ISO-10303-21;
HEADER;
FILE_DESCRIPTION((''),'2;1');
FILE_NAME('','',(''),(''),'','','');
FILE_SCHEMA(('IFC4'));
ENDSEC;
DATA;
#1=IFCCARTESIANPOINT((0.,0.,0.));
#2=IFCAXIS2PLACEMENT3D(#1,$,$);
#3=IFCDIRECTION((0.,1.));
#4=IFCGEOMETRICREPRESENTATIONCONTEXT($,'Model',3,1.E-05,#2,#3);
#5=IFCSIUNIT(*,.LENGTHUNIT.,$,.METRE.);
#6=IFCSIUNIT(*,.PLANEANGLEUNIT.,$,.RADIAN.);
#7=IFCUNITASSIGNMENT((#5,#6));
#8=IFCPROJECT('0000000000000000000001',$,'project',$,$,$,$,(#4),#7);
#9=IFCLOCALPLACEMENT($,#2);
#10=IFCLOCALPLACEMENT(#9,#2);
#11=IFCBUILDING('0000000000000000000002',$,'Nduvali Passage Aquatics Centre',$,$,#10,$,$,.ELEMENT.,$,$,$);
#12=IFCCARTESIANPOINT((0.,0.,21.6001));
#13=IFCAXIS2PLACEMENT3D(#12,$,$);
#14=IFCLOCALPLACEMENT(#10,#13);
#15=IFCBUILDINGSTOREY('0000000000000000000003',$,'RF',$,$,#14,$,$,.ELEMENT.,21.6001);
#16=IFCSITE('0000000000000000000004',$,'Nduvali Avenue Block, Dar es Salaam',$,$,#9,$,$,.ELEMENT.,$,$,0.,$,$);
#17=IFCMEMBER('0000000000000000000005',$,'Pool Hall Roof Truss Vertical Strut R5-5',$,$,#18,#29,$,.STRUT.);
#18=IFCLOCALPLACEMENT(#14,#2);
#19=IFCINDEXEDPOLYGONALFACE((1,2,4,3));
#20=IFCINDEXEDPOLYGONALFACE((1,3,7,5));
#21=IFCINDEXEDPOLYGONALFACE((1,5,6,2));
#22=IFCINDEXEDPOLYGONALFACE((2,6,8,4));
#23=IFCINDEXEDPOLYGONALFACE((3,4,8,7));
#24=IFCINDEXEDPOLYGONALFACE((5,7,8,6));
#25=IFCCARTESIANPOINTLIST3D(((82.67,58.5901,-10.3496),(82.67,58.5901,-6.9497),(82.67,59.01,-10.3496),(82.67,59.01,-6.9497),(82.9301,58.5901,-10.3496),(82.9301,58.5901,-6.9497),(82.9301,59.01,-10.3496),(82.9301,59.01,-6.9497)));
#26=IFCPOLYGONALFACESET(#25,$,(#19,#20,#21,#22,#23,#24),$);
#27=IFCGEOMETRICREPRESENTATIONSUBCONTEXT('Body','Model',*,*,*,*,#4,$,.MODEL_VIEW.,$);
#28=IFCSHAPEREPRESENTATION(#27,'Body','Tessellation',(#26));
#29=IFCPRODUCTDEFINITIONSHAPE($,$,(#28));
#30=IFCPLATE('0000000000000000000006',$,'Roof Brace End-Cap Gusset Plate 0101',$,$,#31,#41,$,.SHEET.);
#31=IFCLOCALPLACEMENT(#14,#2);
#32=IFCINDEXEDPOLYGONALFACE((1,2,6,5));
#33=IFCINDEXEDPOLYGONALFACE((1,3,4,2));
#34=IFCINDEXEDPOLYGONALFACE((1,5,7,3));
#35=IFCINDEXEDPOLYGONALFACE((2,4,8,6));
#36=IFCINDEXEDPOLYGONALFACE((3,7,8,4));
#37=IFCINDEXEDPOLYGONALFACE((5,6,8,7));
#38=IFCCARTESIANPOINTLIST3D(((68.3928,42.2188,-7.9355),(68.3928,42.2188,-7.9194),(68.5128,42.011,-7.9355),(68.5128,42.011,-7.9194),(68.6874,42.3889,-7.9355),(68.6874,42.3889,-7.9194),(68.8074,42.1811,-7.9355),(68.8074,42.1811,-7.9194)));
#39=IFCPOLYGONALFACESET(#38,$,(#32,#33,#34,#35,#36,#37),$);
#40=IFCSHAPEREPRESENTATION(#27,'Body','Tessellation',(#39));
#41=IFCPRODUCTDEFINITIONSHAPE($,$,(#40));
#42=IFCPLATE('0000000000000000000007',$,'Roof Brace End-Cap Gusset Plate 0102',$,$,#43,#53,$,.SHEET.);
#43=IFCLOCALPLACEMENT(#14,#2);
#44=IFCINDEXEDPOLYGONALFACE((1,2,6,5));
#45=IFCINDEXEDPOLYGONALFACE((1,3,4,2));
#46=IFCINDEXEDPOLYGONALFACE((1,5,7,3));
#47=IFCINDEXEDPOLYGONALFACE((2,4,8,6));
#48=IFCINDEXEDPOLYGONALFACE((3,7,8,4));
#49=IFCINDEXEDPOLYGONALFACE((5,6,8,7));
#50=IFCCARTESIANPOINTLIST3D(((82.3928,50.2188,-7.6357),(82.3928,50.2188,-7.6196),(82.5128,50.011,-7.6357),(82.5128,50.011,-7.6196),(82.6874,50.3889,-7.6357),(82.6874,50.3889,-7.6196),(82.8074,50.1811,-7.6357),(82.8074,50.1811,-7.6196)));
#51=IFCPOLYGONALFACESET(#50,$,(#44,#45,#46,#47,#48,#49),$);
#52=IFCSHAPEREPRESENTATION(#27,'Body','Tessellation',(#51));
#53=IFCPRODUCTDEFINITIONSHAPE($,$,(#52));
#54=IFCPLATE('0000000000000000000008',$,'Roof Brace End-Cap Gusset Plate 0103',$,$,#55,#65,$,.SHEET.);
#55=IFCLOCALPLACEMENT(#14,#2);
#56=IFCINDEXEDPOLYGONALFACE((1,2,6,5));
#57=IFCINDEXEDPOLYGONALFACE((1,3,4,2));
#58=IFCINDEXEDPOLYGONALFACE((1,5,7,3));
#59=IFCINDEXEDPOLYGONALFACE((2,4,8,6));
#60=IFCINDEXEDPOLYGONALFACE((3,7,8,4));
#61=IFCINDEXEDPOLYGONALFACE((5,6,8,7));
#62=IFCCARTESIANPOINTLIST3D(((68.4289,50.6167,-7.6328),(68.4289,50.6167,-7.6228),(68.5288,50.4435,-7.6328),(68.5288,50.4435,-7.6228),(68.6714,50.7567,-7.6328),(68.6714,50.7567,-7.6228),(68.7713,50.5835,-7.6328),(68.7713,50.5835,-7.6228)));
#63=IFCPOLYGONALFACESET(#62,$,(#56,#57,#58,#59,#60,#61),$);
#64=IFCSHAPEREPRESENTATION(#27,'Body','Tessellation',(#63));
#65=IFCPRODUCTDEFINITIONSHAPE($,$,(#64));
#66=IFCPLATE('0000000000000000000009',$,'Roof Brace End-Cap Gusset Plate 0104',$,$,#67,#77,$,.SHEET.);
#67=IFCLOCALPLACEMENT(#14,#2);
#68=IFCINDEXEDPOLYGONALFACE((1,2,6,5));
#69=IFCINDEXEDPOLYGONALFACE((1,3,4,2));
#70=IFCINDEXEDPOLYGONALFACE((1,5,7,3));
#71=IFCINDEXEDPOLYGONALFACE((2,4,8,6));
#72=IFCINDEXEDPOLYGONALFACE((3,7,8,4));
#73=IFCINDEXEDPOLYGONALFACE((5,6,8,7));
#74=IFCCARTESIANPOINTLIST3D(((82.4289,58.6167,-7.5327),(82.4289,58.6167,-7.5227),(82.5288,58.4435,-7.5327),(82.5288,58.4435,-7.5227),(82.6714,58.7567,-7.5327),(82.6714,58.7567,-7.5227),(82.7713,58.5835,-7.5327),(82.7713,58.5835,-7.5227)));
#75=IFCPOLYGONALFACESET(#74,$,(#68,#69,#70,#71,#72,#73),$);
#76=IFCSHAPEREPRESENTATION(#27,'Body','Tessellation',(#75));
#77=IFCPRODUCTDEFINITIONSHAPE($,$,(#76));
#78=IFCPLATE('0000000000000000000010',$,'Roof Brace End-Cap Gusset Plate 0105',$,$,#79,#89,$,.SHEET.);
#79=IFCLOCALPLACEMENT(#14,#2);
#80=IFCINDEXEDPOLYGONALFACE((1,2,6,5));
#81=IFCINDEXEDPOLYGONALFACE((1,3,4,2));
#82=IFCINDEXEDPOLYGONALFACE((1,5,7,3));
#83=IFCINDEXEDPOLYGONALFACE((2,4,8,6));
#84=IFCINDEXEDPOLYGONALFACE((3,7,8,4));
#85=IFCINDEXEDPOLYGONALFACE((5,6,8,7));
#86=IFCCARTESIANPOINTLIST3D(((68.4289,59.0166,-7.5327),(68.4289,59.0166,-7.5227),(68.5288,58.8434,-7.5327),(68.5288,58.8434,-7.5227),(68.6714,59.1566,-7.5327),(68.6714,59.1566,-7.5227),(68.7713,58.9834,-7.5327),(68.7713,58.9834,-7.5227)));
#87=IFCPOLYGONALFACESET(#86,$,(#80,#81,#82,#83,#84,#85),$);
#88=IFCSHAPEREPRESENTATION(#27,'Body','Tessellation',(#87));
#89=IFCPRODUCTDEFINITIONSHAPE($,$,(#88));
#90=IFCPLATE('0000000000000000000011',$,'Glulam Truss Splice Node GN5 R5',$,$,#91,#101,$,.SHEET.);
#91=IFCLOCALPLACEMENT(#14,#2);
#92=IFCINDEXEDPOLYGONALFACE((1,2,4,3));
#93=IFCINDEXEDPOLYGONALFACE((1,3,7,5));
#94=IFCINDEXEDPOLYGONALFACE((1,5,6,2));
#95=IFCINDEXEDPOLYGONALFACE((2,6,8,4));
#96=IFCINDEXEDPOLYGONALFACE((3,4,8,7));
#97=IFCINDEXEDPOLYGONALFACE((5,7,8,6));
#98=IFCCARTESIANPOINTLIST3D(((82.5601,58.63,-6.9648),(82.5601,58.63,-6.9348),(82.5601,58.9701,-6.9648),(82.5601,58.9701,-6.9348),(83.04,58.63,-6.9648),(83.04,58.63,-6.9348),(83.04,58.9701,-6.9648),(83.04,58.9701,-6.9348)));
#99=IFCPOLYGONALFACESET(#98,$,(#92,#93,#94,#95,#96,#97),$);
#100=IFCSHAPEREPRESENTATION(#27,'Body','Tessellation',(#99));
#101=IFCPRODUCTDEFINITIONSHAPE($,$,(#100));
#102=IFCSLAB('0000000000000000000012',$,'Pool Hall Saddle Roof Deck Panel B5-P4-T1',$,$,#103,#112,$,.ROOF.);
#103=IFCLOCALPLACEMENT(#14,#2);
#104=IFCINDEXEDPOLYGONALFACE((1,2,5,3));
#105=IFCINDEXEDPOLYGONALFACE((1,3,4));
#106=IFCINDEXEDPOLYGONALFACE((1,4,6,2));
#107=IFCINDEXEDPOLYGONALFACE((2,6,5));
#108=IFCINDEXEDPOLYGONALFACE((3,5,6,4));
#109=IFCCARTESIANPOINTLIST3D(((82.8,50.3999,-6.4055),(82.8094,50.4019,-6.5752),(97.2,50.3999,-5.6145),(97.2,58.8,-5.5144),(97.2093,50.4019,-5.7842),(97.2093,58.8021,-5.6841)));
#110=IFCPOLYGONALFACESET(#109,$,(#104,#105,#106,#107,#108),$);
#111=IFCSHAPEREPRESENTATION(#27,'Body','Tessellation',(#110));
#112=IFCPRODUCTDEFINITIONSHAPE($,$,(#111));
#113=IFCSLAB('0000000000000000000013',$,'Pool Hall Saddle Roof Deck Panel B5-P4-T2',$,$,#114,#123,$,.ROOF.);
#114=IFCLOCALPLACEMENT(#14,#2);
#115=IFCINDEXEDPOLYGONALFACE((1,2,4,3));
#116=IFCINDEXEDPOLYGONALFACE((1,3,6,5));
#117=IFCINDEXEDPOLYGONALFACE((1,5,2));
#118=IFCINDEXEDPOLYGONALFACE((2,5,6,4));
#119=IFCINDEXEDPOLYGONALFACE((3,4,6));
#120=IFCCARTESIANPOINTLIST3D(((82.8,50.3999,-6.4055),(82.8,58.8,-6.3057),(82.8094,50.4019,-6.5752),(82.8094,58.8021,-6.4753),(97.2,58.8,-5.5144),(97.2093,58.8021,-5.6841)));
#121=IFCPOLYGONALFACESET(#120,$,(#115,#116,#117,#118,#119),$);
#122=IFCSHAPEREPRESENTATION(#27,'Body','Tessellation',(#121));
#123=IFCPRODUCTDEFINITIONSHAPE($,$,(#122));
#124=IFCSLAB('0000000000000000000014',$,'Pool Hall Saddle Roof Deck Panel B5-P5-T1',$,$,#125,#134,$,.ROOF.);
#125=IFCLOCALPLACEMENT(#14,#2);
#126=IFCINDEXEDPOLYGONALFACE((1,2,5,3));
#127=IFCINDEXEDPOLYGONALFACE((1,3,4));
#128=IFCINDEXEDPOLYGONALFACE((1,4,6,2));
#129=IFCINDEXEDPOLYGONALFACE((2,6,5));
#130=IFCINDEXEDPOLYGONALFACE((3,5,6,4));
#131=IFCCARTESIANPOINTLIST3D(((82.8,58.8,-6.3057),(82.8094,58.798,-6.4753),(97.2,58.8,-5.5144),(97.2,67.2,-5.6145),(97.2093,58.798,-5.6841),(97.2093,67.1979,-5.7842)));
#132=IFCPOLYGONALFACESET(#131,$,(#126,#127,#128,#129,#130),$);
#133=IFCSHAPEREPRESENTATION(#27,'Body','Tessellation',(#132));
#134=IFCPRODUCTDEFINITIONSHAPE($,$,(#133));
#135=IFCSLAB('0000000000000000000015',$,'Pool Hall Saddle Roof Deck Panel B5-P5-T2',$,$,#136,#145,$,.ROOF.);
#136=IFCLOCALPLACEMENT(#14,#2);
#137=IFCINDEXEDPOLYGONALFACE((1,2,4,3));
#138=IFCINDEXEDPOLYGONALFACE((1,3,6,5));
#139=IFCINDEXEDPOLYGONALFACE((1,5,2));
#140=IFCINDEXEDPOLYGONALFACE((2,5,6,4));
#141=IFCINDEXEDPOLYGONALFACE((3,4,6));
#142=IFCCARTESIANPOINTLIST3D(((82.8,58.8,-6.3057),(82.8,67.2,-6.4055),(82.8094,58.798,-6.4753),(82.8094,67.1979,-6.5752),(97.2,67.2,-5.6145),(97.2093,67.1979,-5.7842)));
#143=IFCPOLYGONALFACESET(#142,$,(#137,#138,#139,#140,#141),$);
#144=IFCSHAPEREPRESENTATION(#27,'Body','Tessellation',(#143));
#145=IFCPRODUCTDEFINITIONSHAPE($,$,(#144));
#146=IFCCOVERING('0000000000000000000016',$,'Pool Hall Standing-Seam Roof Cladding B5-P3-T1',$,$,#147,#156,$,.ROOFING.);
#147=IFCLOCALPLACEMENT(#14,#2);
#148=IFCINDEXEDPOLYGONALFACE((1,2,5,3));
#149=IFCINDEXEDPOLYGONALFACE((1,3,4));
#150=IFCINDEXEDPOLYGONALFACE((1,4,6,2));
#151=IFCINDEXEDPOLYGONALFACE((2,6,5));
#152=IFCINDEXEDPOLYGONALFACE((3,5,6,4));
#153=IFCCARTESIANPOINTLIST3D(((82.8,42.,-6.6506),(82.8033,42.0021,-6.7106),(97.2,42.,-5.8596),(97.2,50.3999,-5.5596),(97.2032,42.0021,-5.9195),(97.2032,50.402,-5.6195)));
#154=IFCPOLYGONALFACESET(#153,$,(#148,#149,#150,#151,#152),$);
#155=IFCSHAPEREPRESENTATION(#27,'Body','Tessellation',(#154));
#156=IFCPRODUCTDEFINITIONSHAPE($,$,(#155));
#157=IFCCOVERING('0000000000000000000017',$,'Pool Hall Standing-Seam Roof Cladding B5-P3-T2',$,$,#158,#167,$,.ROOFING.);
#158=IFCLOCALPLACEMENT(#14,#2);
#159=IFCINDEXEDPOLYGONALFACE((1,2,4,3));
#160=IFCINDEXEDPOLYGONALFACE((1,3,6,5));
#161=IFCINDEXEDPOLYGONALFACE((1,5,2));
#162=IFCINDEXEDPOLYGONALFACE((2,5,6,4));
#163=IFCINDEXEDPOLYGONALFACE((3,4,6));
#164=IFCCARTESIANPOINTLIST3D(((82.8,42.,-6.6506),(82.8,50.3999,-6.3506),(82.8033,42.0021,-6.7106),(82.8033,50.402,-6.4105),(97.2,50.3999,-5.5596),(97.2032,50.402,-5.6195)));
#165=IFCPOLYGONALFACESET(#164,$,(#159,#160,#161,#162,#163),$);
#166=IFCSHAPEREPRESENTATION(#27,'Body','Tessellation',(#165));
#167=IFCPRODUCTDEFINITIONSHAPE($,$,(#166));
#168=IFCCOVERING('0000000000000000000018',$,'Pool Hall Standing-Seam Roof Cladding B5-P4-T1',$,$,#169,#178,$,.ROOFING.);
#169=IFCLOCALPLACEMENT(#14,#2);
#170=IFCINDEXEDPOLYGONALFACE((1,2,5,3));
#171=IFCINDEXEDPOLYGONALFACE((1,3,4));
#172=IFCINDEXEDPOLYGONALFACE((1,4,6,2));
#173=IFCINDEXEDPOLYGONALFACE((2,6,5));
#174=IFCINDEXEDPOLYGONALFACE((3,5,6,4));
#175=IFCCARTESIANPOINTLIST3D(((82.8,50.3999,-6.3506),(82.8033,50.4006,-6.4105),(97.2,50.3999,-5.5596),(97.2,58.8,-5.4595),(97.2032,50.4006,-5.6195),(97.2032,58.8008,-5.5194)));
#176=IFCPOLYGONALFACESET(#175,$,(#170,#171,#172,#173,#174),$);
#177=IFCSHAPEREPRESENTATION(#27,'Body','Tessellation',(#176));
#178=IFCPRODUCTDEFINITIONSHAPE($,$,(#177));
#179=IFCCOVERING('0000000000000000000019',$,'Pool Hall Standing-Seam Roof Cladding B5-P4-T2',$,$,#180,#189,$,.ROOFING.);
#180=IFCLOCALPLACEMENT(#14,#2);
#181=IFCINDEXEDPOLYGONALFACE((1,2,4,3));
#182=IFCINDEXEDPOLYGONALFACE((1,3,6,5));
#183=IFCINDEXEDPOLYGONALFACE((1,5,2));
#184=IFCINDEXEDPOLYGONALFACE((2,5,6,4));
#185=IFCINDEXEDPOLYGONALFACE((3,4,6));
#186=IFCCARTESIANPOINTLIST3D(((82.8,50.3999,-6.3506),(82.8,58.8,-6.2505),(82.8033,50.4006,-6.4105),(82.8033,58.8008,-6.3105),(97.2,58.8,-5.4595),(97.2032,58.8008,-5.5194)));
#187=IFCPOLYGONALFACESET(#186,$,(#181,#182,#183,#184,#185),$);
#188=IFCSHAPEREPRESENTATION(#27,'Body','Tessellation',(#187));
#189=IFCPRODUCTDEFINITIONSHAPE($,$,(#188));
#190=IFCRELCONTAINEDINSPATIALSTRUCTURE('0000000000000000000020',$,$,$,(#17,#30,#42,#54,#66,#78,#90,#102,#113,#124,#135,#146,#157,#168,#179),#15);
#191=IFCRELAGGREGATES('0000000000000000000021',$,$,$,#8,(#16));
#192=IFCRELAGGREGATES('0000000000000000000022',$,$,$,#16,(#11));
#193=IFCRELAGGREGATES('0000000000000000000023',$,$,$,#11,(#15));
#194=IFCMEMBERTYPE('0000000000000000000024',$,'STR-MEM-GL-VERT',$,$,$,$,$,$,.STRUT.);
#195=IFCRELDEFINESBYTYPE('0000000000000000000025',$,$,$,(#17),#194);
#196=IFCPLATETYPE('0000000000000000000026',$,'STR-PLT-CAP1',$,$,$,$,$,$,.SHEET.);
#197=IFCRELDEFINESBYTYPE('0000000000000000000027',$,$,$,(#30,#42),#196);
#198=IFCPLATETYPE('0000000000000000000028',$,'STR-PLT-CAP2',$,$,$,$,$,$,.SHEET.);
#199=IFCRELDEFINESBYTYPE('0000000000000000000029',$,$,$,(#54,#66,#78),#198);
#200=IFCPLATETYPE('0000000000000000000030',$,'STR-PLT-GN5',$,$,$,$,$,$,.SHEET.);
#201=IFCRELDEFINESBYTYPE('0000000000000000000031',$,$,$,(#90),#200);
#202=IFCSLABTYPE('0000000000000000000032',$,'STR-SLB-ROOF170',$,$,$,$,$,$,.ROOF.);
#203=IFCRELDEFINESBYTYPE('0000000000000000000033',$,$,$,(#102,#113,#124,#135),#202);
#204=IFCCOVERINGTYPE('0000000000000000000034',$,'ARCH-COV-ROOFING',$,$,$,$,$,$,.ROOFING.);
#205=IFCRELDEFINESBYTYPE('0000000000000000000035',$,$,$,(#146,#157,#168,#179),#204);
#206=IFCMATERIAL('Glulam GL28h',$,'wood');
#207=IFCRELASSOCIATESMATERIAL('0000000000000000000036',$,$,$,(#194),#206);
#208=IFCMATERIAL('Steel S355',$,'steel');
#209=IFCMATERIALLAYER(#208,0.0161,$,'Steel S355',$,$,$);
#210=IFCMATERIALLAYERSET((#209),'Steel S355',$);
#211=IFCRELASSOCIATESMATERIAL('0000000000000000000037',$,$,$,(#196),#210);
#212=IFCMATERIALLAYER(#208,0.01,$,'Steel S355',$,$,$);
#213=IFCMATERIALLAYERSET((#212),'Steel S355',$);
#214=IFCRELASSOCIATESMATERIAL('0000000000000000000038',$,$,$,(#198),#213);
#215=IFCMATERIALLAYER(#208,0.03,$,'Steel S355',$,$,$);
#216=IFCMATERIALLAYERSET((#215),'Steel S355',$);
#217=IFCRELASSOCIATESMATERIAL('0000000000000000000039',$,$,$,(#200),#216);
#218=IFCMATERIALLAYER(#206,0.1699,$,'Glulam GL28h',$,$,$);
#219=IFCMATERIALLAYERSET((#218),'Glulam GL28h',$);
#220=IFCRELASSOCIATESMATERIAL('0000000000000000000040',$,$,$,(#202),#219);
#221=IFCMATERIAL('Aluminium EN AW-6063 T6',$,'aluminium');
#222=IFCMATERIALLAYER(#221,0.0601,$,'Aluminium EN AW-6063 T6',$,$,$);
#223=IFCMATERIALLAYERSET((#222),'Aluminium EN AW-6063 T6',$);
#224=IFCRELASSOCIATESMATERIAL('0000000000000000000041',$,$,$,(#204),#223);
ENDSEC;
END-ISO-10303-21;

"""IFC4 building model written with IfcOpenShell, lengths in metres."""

from ifc_helpers import new_model, si_unit, direction, frame, origin, origin_2d, place, context, subcontext, project, spatial, polyline, rectangle, outline, extrude, material, layer, layer_set, material_profile, profile_set, type_object, element, save


model = new_model("IFC4")

# Units and contexts
model_context = context("Model", 3, precision=1e-05, world=origin(), true_north=direction((0.0, 1.0)))
body_context = subcontext(model_context, "Body", "Model", "MODEL_VIEW")
ifc_project = project(units=[si_unit("LENGTHUNIT", "METRE"), si_unit("PLANEANGLEUNIT", "RADIAN")], contexts=[model_context])

# Site, building, storey
site_placement = place(None, origin())
site = spatial("IfcSite", under=ifc_project, at=site_placement, Name="Nduvali Avenue Block, Dar es Salaam", CompositionType="ELEMENT", RefElevation=0.0)
building_placement = place(site_placement, origin())
building = spatial("IfcBuilding", under=site, at=building_placement, Name="Nduvali Passage Aquatics Centre", CompositionType="ELEMENT")
storey_placement = place(building_placement, frame((0.0, 0.0, 21.6001)))
storey = spatial("IfcBuildingStorey", under=building, at=storey_placement, Name="RF", CompositionType="ELEMENT", Elevation=21.6001)

# Member
ifc_material_1 = material(Name="Steel S355", Category="steel")
ifc_material_2 = material(Name="Glulam GL28h", Category="wood")
ifc_material_profile_1 = material_profile(ifc_material_2, rectangle(XDim=0.26, YDim=0.4199, at=origin_2d()), Name="GL28h 260x420")
ifc_profile_set_1 = profile_set([ifc_material_profile_1], Name="Glulam GL28h")
member_type_1 = type_object("IfcMemberType", Name="STR-MEM-GL-VERT", PredefinedType="STRUT", material=ifc_profile_set_1)
member_1_placement = place(storey_placement, frame((82.8, 58.8, -10.3496), z_axis=(0.0, 0.0, 1.0), x_axis=(1.0, 0.0, 0.0)))
element("IfcMember", 1, at=member_1_placement, inside=storey, type_object=member_type_1, Name="Pool Hall Roof Truss Vertical Strut R5-5", PredefinedType="STRUT", context=body_context, shape_type="SweptSolid", body=[
    extrude(rectangle(XDim=0.26, YDim=0.4199, at=origin_2d()), origin(), (0.0, 0.0, 1.0), 3.3999),
])

# Plates
ifc_layer_1 = layer(ifc_material_1, 0.0161, Name="Steel S355")
ifc_layer_set_1 = layer_set([ifc_layer_1], Name="Steel S355")
plate_type_1 = type_object("IfcPlateType", Name="STR-PLT-CAP1", PredefinedType="SHEET", material=ifc_layer_set_1)
for number, where, z_axis, x_axis, name in (
    (2, (68.6001, 42.2, -7.9355), (0.0, 0.0, 1.0), (0.866025, 0.5, 0.0), "Roof Brace End-Cap Gusset Plate 0101"),
    (3, (82.6001, 50.2, -7.6357), (0.0, 0.0, 1.0), (0.866025, 0.5, 0.0), "Roof Brace End-Cap Gusset Plate 0102"),
):
    element("IfcPlate", number, at=place(storey_placement, frame(where, z_axis=z_axis, x_axis=x_axis)), inside=storey, type_object=plate_type_1, Name=name, PredefinedType="SHEET", context=body_context, shape_type="SweptSolid", body=[
        extrude(rectangle(XDim=0.3401, YDim=0.24, at=origin_2d()), origin(), (0.0, 0.0, 1.0), 0.0161),
    ])
ifc_layer_2 = layer(ifc_material_1, 0.01, Name="Steel S355")
ifc_layer_set_2 = layer_set([ifc_layer_2], Name="Steel S355")
plate_type_2 = type_object("IfcPlateType", Name="STR-PLT-CAP2", PredefinedType="SHEET", material=ifc_layer_set_2)
for number, where, z_axis, x_axis, name in (
    (4, (68.6001, 50.6001, -7.6328), (0.0, 0.0, 1.0), (0.866025, 0.5, 0.0), "Roof Brace End-Cap Gusset Plate 0103"),
    (5, (82.6001, 58.6001, -7.5327), (0.0, 0.0, 1.0), (0.866025, 0.5, 0.0), "Roof Brace End-Cap Gusset Plate 0104"),
    (6, (68.6001, 59.0, -7.5327), (0.0, 0.0, 1.0), (0.866025, 0.5, 0.0), "Roof Brace End-Cap Gusset Plate 0105"),
):
    element("IfcPlate", number, at=place(storey_placement, frame(where, z_axis=z_axis, x_axis=x_axis)), inside=storey, type_object=plate_type_2, Name=name, PredefinedType="SHEET", context=body_context, shape_type="SweptSolid", body=[
        extrude(rectangle(XDim=0.28, YDim=0.2, at=origin_2d()), origin(), (0.0, 0.0, 1.0), 0.01),
    ])
ifc_layer_3 = layer(ifc_material_1, 0.03, Name="Steel S355")
ifc_layer_set_3 = layer_set([ifc_layer_3], Name="Steel S355")
plate_type_3 = type_object("IfcPlateType", Name="STR-PLT-GN5", PredefinedType="SHEET", material=ifc_layer_set_3)
plate_placement = place(storey_placement, frame((82.8, 58.8, -6.9648), z_axis=(0.0, 0.0, 1.0), x_axis=(1.0, 0.0, 0.0)))
element("IfcPlate", 7, at=plate_placement, inside=storey, type_object=plate_type_3, Name="Glulam Truss Splice Node GN5 R5", PredefinedType="SHEET", context=body_context, shape_type="SweptSolid", body=[
    extrude(rectangle(XDim=0.48, YDim=0.3401, at=origin_2d()), origin(), (0.0, 0.0, 1.0), 0.03),
])

# Slabs
ifc_layer_4 = layer(ifc_material_2, 0.1699, Name="Glulam GL28h")
ifc_layer_set_4 = layer_set([ifc_layer_4], Name="Glulam GL28h")
slab_type = type_object("IfcSlabType", Name="STR-SLB-ROOF170", PredefinedType="ROOF", material=ifc_layer_set_4)
slab_1_placement = place(storey_placement, frame((82.8, 50.3999, -6.4055), z_axis=(-0.054845, -0.011897, 0.998424), x_axis=(0.998495, 0.0, 0.054849)))
element("IfcSlab", 8, at=slab_1_placement, inside=storey, type_object=slab_type, Name="Pool Hall Saddle Roof Deck Panel B5-P4-T1", PredefinedType="ROOF", context=body_context, shape_type="SweptSolid", body=[
    extrude(outline(polyline([(0.0, 0.0), (14.4216, 0.0), (14.4271, 8.4007), (0.0, 0.0)])), origin(), (0.0, 0.0, -1.0), 0.1699),
])
slab_2_placement = place(storey_placement, frame((82.8, 50.3999, -6.4055), z_axis=(-0.054862, -0.011868, 0.998423), x_axis=(0.862542, 0.503162, 0.053377)))
element("IfcSlab", 9, at=slab_2_placement, inside=storey, type_object=slab_type, Name="Pool Hall Saddle Roof Deck Panel B5-P4-T2", PredefinedType="ROOF", context=body_context, shape_type="SweptSolid", body=[
    extrude(outline(polyline([(0.0, 0.0), (16.6947, 0.0), (4.232, 7.2569), (0.0, 0.0)])), origin(), (0.0, 0.0, -1.0), 0.1699),
])
slab_3_placement = place(storey_placement, frame((82.8, 58.8, -6.3057), z_axis=(-0.054862, 0.011898, 0.998423), x_axis=(0.998494, 0.0, 0.054866)))
element("IfcSlab", 10, at=slab_3_placement, inside=storey, type_object=slab_type, Name="Pool Hall Saddle Roof Deck Panel B5-P5-T1", PredefinedType="ROOF", context=body_context, shape_type="SweptSolid", body=[
    extrude(outline(polyline([(0.0, 0.0), (14.4216, 0.0), (14.4161, 8.4005), (0.0, 0.0)])), origin(), (0.0, 0.0, -1.0), 0.1699),
])
slab_4_placement = place(storey_placement, frame((82.8, 58.8, -6.3057), z_axis=(-0.054845, 0.011869, 0.998424), x_axis=(0.863039, 0.503437, 0.041424)))
element("IfcSlab", 11, at=slab_4_placement, inside=storey, type_object=slab_type, Name="Pool Hall Saddle Roof Deck Panel B5-P5-T2", PredefinedType="ROOF", context=body_context, shape_type="SweptSolid", body=[
    extrude(outline(polyline([(0.0, 0.0), (16.6851, 0.0), (4.2247, 7.2609), (0.0, 0.0)])), origin(), (0.0, 0.0, -1.0), 0.1699),
])

# Coverings
ifc_material_3 = material(Name="Aluminium EN AW-6063 T6", Category="aluminium")
ifc_layer_5 = layer(ifc_material_3, 0.0601, Name="Aluminium EN AW-6063 T6")
ifc_layer_set_5 = layer_set([ifc_layer_5], Name="Aluminium EN AW-6063 T6")
covering_type = type_object("IfcCoveringType", Name="ARCH-COV-ROOFING", PredefinedType="ROOFING", material=ifc_layer_set_5)
covering_1_placement = place(storey_placement, frame((82.8, 42.0, -6.6506), z_axis=(-0.054814, -0.035644, 0.99786), x_axis=(0.998495, 0.0, 0.054849)))
element("IfcCovering", 12, at=covering_1_placement, inside=storey, type_object=covering_type, Name="Pool Hall Standing-Seam Roof Cladding B5-P3-T1", PredefinedType="ROOFING", context=body_context, shape_type="SweptSolid", body=[
    extrude(outline(polyline([(0.0, 0.0), (14.4216, 0.0), (14.4381, 8.4052), (0.0, 0.0)])), origin(), (0.0, 0.0, -1.0), 0.0601),
])
covering_2_placement = place(storey_placement, frame((82.8, 42.0, -6.6506), z_axis=(-0.054814, -0.035644, 0.99786), x_axis=(0.861936, 0.502794, 0.065308)))
element("IfcCovering", 13, at=covering_2_placement, inside=storey, type_object=covering_type, Name="Pool Hall Standing-Seam Roof Cladding B5-P3-T2", PredefinedType="ROOFING", context=body_context, shape_type="SweptSolid", body=[
    extrude(outline(polyline([(0.0, 0.0), (16.7065, 0.0), (4.243, 7.2557), (0.0, 0.0)])), origin(), (0.0, 0.0, -1.0), 0.0601),
])
covering_3_placement = place(storey_placement, frame((82.8, 50.3999, -6.3506), z_axis=(-0.054845, -0.011897, 0.998424), x_axis=(0.998495, 0.0, 0.054849)))
element("IfcCovering", 14, at=covering_3_placement, inside=storey, type_object=covering_type, Name="Pool Hall Standing-Seam Roof Cladding B5-P4-T1", PredefinedType="ROOFING", context=body_context, shape_type="SweptSolid", body=[
    extrude(outline(polyline([(0.0, 0.0), (14.4216, 0.0), (14.4271, 8.4007), (0.0, 0.0)])), origin(), (0.0, 0.0, -1.0), 0.0601),
])
covering_4_placement = place(storey_placement, frame((82.8, 50.3999, -6.3506), z_axis=(-0.054845, -0.011897, 0.998424), x_axis=(0.862542, 0.503162, 0.053377)))
element("IfcCovering", 15, at=covering_4_placement, inside=storey, type_object=covering_type, Name="Pool Hall Standing-Seam Roof Cladding B5-P4-T2", PredefinedType="ROOFING", context=body_context, shape_type="SweptSolid", body=[
    extrude(outline(polyline([(0.0, 0.0), (16.6947, 0.0), (4.232, 7.2569), (0.0, 0.0)])), origin(), (0.0, 0.0, -1.0), 0.0601),
])

save(model, "model.ifc")
